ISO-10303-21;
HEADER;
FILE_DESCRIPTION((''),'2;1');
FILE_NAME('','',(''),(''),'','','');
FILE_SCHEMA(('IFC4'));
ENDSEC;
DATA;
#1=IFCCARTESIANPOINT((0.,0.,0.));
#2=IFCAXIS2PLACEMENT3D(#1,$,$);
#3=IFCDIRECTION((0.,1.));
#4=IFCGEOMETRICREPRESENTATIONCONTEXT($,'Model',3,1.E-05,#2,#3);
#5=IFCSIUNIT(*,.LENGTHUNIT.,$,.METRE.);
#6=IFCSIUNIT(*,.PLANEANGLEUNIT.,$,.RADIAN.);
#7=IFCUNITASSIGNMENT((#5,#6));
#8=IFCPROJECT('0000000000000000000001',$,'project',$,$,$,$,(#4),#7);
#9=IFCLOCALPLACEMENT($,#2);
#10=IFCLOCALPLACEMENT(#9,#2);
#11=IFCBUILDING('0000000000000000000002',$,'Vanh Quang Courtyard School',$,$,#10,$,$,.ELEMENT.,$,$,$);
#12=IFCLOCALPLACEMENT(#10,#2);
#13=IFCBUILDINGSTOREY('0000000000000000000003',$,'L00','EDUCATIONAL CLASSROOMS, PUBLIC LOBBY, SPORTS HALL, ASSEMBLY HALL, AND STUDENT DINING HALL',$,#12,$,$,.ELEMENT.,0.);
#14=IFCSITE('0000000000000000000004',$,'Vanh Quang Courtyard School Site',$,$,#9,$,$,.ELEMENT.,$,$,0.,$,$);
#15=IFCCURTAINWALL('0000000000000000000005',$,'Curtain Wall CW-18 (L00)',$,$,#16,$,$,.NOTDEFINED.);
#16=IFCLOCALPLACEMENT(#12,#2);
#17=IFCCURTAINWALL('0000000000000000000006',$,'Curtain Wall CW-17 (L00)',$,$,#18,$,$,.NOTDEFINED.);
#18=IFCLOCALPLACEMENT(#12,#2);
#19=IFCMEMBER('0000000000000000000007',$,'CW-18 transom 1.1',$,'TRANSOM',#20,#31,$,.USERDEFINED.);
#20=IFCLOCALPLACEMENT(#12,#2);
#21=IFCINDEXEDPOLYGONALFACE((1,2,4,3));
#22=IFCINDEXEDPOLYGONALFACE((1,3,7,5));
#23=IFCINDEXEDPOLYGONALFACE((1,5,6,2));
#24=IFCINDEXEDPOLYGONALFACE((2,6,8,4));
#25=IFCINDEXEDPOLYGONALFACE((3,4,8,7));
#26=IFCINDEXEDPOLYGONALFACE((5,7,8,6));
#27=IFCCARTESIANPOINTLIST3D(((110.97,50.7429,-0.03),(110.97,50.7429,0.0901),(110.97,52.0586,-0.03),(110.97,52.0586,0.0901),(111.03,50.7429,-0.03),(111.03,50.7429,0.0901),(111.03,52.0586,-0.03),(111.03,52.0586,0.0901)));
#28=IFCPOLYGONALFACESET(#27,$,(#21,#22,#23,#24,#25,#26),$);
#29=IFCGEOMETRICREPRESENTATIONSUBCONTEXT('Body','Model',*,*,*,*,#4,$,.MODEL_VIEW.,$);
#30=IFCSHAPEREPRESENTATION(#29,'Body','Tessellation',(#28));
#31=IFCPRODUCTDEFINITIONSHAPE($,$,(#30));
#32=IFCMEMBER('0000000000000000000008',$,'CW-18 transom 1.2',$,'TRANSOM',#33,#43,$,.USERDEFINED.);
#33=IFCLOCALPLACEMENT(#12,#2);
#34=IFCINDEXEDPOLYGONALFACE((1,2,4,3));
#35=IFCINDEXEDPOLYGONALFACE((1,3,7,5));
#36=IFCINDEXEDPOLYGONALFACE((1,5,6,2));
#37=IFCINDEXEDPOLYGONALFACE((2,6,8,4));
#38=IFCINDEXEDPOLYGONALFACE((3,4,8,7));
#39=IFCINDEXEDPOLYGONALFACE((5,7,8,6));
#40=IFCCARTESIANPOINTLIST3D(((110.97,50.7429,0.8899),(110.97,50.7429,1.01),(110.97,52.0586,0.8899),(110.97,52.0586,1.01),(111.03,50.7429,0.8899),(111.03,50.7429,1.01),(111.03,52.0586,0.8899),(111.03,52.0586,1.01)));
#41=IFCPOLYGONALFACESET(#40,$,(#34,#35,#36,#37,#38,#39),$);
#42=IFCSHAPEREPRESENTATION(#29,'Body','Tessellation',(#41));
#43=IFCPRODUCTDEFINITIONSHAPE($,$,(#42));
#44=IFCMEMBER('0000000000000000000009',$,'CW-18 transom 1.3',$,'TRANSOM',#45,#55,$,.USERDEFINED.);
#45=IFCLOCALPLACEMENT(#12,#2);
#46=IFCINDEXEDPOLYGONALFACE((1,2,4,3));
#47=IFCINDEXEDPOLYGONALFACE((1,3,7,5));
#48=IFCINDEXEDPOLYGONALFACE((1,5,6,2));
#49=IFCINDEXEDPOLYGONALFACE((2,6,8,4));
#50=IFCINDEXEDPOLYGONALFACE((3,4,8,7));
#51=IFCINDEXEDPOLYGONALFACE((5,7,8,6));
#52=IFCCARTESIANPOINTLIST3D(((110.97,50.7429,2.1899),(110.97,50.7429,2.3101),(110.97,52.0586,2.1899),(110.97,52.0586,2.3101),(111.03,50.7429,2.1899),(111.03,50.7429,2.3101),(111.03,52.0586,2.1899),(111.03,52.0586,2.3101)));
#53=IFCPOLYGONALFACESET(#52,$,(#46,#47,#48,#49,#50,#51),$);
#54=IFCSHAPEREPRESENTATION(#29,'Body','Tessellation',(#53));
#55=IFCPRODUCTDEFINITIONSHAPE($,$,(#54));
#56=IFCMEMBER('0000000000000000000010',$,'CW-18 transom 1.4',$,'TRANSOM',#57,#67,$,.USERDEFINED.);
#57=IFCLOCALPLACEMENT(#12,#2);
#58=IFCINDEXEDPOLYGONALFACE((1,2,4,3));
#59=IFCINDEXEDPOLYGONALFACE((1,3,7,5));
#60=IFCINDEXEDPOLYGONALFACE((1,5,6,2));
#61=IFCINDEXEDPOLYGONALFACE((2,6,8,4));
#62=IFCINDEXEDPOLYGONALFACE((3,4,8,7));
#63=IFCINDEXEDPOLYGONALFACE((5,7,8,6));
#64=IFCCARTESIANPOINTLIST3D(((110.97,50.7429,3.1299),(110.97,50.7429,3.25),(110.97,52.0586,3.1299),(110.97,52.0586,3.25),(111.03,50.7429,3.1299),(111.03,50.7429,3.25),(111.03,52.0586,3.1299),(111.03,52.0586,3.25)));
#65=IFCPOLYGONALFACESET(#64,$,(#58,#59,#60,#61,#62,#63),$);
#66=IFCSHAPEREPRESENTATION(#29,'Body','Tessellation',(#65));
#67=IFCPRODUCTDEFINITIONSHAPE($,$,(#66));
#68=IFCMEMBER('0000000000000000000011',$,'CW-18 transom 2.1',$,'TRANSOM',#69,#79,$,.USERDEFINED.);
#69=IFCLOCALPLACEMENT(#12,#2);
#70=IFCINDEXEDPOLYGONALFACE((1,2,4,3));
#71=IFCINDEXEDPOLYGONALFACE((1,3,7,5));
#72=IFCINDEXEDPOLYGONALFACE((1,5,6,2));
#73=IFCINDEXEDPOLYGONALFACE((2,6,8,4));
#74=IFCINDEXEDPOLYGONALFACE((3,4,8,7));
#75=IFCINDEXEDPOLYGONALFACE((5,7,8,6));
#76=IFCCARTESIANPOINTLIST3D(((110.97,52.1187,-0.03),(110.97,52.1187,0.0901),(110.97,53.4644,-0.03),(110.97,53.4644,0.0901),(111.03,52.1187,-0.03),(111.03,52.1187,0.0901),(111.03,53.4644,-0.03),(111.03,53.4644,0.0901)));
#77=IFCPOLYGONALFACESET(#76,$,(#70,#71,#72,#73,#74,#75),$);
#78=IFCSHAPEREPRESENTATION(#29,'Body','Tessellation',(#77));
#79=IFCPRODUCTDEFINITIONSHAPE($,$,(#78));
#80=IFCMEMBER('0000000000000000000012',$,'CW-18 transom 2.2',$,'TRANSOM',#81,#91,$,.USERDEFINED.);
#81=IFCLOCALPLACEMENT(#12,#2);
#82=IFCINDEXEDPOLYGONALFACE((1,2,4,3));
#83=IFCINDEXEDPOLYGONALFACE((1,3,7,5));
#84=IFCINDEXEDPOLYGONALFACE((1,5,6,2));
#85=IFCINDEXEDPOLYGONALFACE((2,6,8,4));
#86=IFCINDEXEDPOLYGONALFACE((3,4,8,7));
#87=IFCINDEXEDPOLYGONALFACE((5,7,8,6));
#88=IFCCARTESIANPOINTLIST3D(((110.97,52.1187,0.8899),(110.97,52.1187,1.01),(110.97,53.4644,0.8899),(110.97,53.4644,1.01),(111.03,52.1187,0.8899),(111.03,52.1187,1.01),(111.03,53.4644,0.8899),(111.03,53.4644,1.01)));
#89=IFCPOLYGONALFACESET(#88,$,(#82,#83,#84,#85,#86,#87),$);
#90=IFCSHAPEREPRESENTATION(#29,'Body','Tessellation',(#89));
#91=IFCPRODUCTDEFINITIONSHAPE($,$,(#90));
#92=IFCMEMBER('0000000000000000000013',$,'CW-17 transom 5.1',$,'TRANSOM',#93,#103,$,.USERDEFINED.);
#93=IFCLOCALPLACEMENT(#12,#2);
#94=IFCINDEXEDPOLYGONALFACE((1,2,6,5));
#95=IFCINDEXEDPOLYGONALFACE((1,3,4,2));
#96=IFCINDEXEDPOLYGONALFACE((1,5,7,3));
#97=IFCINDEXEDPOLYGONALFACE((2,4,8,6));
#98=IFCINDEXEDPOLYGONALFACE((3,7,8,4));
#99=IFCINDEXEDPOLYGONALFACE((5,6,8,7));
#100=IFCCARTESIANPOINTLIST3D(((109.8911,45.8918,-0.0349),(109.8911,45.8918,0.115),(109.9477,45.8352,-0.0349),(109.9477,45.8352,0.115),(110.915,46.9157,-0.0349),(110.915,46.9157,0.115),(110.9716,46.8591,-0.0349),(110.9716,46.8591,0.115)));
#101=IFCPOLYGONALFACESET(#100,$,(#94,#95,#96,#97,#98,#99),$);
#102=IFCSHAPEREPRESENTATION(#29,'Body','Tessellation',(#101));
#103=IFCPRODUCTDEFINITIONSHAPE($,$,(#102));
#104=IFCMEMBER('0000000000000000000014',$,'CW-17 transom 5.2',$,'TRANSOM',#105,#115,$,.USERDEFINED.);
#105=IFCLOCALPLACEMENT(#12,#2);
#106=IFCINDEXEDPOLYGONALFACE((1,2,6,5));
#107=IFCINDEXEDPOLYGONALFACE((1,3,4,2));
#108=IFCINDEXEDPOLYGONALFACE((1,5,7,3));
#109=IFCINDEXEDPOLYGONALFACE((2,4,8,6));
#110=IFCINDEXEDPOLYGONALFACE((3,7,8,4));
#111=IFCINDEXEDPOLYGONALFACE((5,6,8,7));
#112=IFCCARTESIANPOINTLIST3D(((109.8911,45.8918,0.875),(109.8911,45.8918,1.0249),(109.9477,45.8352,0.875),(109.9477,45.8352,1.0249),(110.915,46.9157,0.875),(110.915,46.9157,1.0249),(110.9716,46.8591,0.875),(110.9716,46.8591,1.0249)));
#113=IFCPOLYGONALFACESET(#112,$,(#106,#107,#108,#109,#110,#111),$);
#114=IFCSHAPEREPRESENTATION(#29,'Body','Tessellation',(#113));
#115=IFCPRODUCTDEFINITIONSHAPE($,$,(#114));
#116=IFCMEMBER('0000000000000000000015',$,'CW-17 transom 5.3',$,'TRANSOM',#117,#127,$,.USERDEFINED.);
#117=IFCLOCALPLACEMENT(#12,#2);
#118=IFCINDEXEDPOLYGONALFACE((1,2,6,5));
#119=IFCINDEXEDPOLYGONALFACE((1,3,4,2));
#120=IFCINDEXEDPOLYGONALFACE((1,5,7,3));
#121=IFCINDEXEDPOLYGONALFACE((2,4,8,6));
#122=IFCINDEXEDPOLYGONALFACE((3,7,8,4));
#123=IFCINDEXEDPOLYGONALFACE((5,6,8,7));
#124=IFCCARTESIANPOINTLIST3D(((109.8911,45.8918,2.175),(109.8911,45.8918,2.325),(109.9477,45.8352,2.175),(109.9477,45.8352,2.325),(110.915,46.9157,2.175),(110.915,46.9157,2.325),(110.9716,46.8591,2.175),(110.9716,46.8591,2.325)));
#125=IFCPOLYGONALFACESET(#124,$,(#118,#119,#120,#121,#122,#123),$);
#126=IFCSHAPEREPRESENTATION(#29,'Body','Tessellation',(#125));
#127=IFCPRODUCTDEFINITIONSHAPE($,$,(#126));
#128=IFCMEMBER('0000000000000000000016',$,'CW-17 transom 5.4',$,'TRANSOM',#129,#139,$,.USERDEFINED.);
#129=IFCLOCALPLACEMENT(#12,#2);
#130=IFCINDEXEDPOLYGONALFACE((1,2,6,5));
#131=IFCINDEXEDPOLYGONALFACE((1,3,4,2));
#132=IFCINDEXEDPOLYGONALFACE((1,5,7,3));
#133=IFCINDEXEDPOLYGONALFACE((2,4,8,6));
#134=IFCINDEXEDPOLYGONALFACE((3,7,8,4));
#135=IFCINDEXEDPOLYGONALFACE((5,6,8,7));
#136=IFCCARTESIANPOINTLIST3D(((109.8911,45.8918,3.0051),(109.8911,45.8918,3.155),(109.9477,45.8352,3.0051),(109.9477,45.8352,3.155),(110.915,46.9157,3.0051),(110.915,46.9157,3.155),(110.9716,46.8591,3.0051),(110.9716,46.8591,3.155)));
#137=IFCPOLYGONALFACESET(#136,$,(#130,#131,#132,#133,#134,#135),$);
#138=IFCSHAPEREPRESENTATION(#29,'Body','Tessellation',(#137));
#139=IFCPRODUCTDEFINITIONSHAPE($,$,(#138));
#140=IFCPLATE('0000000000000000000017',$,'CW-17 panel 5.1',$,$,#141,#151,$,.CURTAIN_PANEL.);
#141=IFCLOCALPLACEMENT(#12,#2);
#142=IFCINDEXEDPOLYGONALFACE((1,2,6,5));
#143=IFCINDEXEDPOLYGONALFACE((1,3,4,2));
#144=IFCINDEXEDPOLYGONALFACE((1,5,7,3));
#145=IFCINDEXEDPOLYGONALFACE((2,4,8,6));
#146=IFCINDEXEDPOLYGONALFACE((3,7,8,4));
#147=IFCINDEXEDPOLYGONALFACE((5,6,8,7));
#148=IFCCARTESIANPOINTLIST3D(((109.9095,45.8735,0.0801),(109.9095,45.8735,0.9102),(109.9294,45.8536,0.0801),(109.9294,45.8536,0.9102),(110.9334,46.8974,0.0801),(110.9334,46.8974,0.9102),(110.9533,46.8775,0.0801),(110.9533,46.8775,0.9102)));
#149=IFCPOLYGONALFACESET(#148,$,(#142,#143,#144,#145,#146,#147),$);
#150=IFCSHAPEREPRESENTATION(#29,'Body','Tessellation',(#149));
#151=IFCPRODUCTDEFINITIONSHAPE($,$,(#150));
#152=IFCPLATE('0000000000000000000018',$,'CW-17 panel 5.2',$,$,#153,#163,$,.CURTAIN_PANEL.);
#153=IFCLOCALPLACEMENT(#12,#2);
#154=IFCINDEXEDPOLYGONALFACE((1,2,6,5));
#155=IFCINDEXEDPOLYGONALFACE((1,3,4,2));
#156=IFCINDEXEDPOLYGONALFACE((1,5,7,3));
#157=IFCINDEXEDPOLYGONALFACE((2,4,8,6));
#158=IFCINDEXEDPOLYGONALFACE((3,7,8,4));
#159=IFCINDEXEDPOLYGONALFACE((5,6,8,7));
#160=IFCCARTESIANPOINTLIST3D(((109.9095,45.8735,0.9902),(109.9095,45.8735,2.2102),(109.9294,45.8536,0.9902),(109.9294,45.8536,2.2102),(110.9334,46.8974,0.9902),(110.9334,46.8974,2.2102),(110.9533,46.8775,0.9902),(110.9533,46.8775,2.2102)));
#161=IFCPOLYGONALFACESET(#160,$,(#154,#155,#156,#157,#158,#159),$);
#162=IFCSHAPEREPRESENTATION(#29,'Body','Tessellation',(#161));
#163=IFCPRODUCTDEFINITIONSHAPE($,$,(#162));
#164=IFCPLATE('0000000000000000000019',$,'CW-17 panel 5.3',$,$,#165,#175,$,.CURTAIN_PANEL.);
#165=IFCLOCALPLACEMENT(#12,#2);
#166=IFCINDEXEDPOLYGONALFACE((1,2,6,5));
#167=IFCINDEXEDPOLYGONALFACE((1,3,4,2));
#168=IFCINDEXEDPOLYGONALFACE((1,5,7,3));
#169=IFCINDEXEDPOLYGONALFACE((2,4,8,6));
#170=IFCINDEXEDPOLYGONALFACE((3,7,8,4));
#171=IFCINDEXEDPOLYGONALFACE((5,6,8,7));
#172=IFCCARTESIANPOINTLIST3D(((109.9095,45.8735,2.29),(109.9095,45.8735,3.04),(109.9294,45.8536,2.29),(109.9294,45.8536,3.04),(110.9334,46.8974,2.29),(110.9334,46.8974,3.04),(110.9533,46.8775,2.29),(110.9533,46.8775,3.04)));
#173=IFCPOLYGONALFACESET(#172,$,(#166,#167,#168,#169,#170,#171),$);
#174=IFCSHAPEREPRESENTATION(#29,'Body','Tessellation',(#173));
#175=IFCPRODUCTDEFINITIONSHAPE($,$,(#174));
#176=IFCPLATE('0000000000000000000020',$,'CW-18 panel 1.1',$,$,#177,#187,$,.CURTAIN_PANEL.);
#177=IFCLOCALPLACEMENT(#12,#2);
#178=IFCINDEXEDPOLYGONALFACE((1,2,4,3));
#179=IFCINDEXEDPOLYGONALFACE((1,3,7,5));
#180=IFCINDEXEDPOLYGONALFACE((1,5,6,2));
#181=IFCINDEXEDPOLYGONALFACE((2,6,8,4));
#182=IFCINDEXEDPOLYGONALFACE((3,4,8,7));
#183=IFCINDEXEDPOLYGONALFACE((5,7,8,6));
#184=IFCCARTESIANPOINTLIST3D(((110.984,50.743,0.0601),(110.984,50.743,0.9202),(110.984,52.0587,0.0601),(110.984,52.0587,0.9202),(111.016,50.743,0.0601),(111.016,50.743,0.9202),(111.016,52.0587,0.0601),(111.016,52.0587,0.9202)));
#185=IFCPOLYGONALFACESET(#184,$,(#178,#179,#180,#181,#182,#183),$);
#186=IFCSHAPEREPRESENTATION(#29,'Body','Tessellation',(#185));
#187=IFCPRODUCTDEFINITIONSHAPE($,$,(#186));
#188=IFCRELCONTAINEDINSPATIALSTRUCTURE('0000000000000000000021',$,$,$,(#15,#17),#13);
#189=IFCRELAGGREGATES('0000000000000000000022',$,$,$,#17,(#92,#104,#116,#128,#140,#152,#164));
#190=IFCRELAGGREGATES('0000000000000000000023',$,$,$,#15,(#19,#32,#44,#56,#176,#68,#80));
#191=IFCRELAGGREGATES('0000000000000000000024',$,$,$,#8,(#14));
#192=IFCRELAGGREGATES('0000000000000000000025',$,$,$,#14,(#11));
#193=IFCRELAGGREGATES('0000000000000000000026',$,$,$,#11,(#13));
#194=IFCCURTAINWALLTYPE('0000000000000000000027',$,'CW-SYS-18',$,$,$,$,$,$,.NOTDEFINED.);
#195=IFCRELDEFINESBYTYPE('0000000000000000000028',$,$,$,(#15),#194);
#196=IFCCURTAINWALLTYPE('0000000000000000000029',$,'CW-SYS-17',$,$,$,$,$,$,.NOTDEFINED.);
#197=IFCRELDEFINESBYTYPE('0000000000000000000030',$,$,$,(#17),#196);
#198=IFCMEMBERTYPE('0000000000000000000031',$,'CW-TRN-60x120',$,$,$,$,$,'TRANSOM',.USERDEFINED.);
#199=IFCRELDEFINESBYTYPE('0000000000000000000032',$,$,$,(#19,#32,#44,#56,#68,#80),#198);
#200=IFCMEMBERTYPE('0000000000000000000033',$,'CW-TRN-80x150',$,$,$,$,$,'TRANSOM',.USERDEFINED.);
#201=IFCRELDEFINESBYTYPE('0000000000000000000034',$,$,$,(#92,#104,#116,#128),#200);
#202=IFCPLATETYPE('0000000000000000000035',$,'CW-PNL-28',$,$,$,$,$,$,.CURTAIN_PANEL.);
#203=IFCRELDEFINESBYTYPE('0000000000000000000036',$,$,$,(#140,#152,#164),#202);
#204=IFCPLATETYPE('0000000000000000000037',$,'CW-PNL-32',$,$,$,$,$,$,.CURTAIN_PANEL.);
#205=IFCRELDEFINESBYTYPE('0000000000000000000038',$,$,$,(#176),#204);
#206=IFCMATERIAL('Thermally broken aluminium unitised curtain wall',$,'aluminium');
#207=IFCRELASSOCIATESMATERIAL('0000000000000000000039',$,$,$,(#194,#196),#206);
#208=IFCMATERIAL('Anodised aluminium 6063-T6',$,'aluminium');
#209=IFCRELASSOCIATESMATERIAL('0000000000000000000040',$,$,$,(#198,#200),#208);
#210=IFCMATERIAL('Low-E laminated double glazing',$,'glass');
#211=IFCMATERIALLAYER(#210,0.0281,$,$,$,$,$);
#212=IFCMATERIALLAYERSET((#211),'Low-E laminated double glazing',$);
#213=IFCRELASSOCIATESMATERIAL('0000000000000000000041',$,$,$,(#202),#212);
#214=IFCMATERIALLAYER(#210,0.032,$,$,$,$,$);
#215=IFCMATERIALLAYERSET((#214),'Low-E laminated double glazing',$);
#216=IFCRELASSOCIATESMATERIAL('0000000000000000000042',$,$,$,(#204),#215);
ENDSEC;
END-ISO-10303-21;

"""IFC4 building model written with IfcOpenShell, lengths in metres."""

from ifc_helpers import new_model, si_unit, direction, frame, origin, origin_2d, place, context, subcontext, project, spatial, rectangle, extrude, material, layer, layer_set, material_profile, profile_set, type_object, element, aggregate, save


model = new_model("IFC4")

# Units and contexts
model_context = context("Model", 3, precision=1e-05, world=origin(), true_north=direction((0.0, 1.0)))
body_context = subcontext(model_context, "Body", "Model", "MODEL_VIEW")
ifc_project = project(units=[si_unit("LENGTHUNIT", "METRE"), si_unit("PLANEANGLEUNIT", "RADIAN")], contexts=[model_context])

# Site, building, storey
site_placement = place(None, origin())
site = spatial("IfcSite", under=ifc_project, at=site_placement, Name="Vanh Quang Courtyard School Site", CompositionType="ELEMENT", RefElevation=0.0)
building_placement = place(site_placement, origin())
building = spatial("IfcBuilding", under=site, at=building_placement, Name="Vanh Quang Courtyard School", CompositionType="ELEMENT")
storey_placement = place(building_placement, origin())
storey = spatial("IfcBuildingStorey", under=building, at=storey_placement, Name="L00", Description="EDUCATIONAL CLASSROOMS, PUBLIC LOBBY, SPORTS HALL, ASSEMBLY HALL, AND STUDENT DINING HALL", CompositionType="ELEMENT", Elevation=0.0)

# Curtain walls
ifc_material_1 = material(Name="Thermally broken aluminium unitised curtain wall", Category="aluminium")
curtain_wall_type_1 = type_object("IfcCurtainWallType", Name="CW-SYS-18", PredefinedType="NOTDEFINED", material=ifc_material_1)
curtain_wall_1_placement = place(storey_placement, origin())
curtain_wall_1 = element("IfcCurtainWall", 1, at=curtain_wall_1_placement, inside=storey, type_object=curtain_wall_type_1, Name="Curtain Wall CW-18 (L00)", PredefinedType="NOTDEFINED")
ifc_material_2 = material(Name="Anodised aluminium 6063-T6", Category="aluminium")
curtain_wall_type_2 = type_object("IfcCurtainWallType", Name="CW-SYS-17", PredefinedType="NOTDEFINED", material=ifc_material_1)
curtain_wall_2_placement = place(storey_placement, origin())
curtain_wall_2 = element("IfcCurtainWall", 2, at=curtain_wall_2_placement, inside=storey, type_object=curtain_wall_type_2, Name="Curtain Wall CW-17 (L00)", PredefinedType="NOTDEFINED")

# Members
ifc_material_profile_1 = material_profile(ifc_material_2, rectangle(XDim=0.0601, YDim=0.1201, at=origin_2d()), Name="ALU-TRN 60x120")
ifc_profile_set_1 = profile_set([ifc_material_profile_1], Name="Anodised aluminium 6063-T6")
member_type_1 = type_object("IfcMemberType", Name="CW-TRN-60x120", ElementType="TRANSOM", PredefinedType="USERDEFINED", material=ifc_profile_set_1)
member_1_placement = place(storey_placement, frame((111.0, 50.7429, 0.03), z_axis=(0.0, 1.0, 0.0), x_axis=(-1.0, 0.0, 0.0)))
member_1 = element("IfcMember", 3, at=member_1_placement, type_object=member_type_1, Name="CW-18 transom 1.1", ObjectType="TRANSOM", PredefinedType="USERDEFINED", context=body_context, shape_type="SweptSolid", body=[
    extrude(rectangle(XDim=0.0601, YDim=0.1201, at=origin_2d()), origin(), (0.0, 0.0, 1.0), 1.3157),
])
member_2_placement = place(storey_placement, frame((111.0, 50.7429, 0.95), z_axis=(0.0, 1.0, 0.0), x_axis=(-1.0, 0.0, 0.0)))
member_2 = element("IfcMember", 4, at=member_2_placement, type_object=member_type_1, Name="CW-18 transom 1.2", ObjectType="TRANSOM", PredefinedType="USERDEFINED", context=body_context, shape_type="SweptSolid", body=[
    extrude(rectangle(XDim=0.0601, YDim=0.1201, at=origin_2d()), origin(), (0.0, 0.0, 1.0), 1.3157),
])
member_3_placement = place(storey_placement, frame((111.0, 50.7429, 2.25), z_axis=(0.0, 1.0, 0.0), x_axis=(-1.0, 0.0, 0.0)))
member_3 = element("IfcMember", 5, at=member_3_placement, type_object=member_type_1, Name="CW-18 transom 1.3", ObjectType="TRANSOM", PredefinedType="USERDEFINED", context=body_context, shape_type="SweptSolid", body=[
    extrude(rectangle(XDim=0.0601, YDim=0.1201, at=origin_2d()), origin(), (0.0, 0.0, 1.0), 1.3157),
])
member_4_placement = place(storey_placement, frame((111.0, 50.7429, 3.1899), z_axis=(0.0, 1.0, 0.0), x_axis=(-1.0, 0.0, 0.0)))
member_4 = element("IfcMember", 6, at=member_4_placement, type_object=member_type_1, Name="CW-18 transom 1.4", ObjectType="TRANSOM", PredefinedType="USERDEFINED", context=body_context, shape_type="SweptSolid", body=[
    extrude(rectangle(XDim=0.0601, YDim=0.1201, at=origin_2d()), origin(), (0.0, 0.0, 1.0), 1.3157),
])
member_5_placement = place(storey_placement, frame((111.0, 52.1187, 0.03), z_axis=(0.0, 1.0, 0.0), x_axis=(-1.0, 0.0, 0.0)))
member_5 = element("IfcMember", 7, at=member_5_placement, type_object=member_type_1, Name="CW-18 transom 2.1", ObjectType="TRANSOM", PredefinedType="USERDEFINED", context=body_context, shape_type="SweptSolid", body=[
    extrude(rectangle(XDim=0.0601, YDim=0.1201, at=origin_2d()), origin(), (0.0, 0.0, 1.0), 1.3457),
])
member_6_placement = place(storey_placement, frame((111.0, 52.1187, 0.95), z_axis=(0.0, 1.0, 0.0), x_axis=(-1.0, 0.0, 0.0)))
member_6 = element("IfcMember", 8, at=member_6_placement, type_object=member_type_1, Name="CW-18 transom 2.2", ObjectType="TRANSOM", PredefinedType="USERDEFINED", context=body_context, shape_type="SweptSolid", body=[
    extrude(rectangle(XDim=0.0601, YDim=0.1201, at=origin_2d()), origin(), (0.0, 0.0, 1.0), 1.3457),
])
ifc_material_profile_2 = material_profile(ifc_material_2, rectangle(XDim=0.0801, YDim=0.1499, at=origin_2d()), Name="ALU-TRN 80x150")
ifc_profile_set_2 = profile_set([ifc_material_profile_2], Name="Anodised aluminium 6063-T6")
member_type_2 = type_object("IfcMemberType", Name="CW-TRN-80x150", ElementType="TRANSOM", PredefinedType="USERDEFINED", material=ifc_profile_set_2)
member_7_placement = place(storey_placement, frame((109.9194, 45.8635, 0.04), z_axis=(0.707107, 0.707107, 0.0), x_axis=(-0.707107, 0.707107, 0.0)))
member_7 = element("IfcMember", 9, at=member_7_placement, type_object=member_type_2, Name="CW-17 transom 5.1", ObjectType="TRANSOM", PredefinedType="USERDEFINED", context=body_context, shape_type="SweptSolid", body=[
    extrude(rectangle(XDim=0.0801, YDim=0.1499, at=origin_2d()), origin(), (0.0, 0.0, 1.0), 1.448),
])
member_8_placement = place(storey_placement, frame((109.9194, 45.8635, 0.95), z_axis=(0.707107, 0.707107, 0.0), x_axis=(-0.707107, 0.707107, 0.0)))
member_8 = element("IfcMember", 10, at=member_8_placement, type_object=member_type_2, Name="CW-17 transom 5.2", ObjectType="TRANSOM", PredefinedType="USERDEFINED", context=body_context, shape_type="SweptSolid", body=[
    extrude(rectangle(XDim=0.0801, YDim=0.1499, at=origin_2d()), origin(), (0.0, 0.0, 1.0), 1.448),
])
member_9_placement = place(storey_placement, frame((109.9194, 45.8635, 2.25), z_axis=(0.707107, 0.707107, 0.0), x_axis=(-0.707107, 0.707107, 0.0)))
member_9 = element("IfcMember", 11, at=member_9_placement, type_object=member_type_2, Name="CW-17 transom 5.3", ObjectType="TRANSOM", PredefinedType="USERDEFINED", context=body_context, shape_type="SweptSolid", body=[
    extrude(rectangle(XDim=0.0801, YDim=0.1499, at=origin_2d()), origin(), (0.0, 0.0, 1.0), 1.448),
])
member_10_placement = place(storey_placement, frame((109.9194, 45.8635, 3.0801), z_axis=(0.707107, 0.707107, 0.0), x_axis=(-0.707107, 0.707107, 0.0)))
member_10 = element("IfcMember", 12, at=member_10_placement, type_object=member_type_2, Name="CW-17 transom 5.4", ObjectType="TRANSOM", PredefinedType="USERDEFINED", context=body_context, shape_type="SweptSolid", body=[
    extrude(rectangle(XDim=0.0801, YDim=0.1499, at=origin_2d()), origin(), (0.0, 0.0, 1.0), 1.448),
])

# Plates
ifc_material_3 = material(Name="Low-E laminated double glazing", Category="glass")
ifc_layer_1 = layer(ifc_material_3, 0.0281)
ifc_layer_set_1 = layer_set([ifc_layer_1], Name="Low-E laminated double glazing")
plate_type_1 = type_object("IfcPlateType", Name="CW-PNL-28", PredefinedType="CURTAIN_PANEL", material=ifc_layer_set_1)
plate_1_placement = place(storey_placement, frame((110.4314, 46.3755, 0.0801), z_axis=(0.0, 0.0, 1.0), x_axis=(0.707107, 0.707107, 0.0)))
plate_1 = element("IfcPlate", 13, at=plate_1_placement, type_object=plate_type_1, Name="CW-17 panel 5.1", PredefinedType="CURTAIN_PANEL", context=body_context, shape_type="SweptSolid", body=[
    extrude(rectangle(XDim=1.448, YDim=0.0281, at=origin_2d()), origin(), (0.0, 0.0, 1.0), 0.8301),
])
plate_2_placement = place(storey_placement, frame((110.4314, 46.3755, 0.9902), z_axis=(0.0, 0.0, 1.0), x_axis=(0.707107, 0.707107, 0.0)))
plate_2 = element("IfcPlate", 14, at=plate_2_placement, type_object=plate_type_1, Name="CW-17 panel 5.2", PredefinedType="CURTAIN_PANEL", context=body_context, shape_type="SweptSolid", body=[
    extrude(rectangle(XDim=1.448, YDim=0.0281, at=origin_2d()), origin(), (0.0, 0.0, 1.0), 1.22),
])
plate_3_placement = place(storey_placement, frame((110.4314, 46.3755, 2.29), z_axis=(0.0, 0.0, 1.0), x_axis=(0.707107, 0.707107, 0.0)))
plate_3 = element("IfcPlate", 15, at=plate_3_placement, type_object=plate_type_1, Name="CW-17 panel 5.3", PredefinedType="CURTAIN_PANEL", context=body_context, shape_type="SweptSolid", body=[
    extrude(rectangle(XDim=1.448, YDim=0.0281, at=origin_2d()), origin(), (0.0, 0.0, 1.0), 0.75),
])
aggregate(curtain_wall_2, [member_7, member_8, member_9, member_10, plate_1, plate_2, plate_3])
ifc_layer_2 = layer(ifc_material_3, 0.032)
ifc_layer_set_2 = layer_set([ifc_layer_2], Name="Low-E laminated double glazing")
plate_type_2 = type_object("IfcPlateType", Name="CW-PNL-32", PredefinedType="CURTAIN_PANEL", material=ifc_layer_set_2)
plate_4_placement = place(storey_placement, frame((111.0, 51.4009, 0.0601), z_axis=(0.0, 0.0, 1.0), x_axis=(0.0, 1.0, 0.0)))
plate_4 = element("IfcPlate", 16, at=plate_4_placement, type_object=plate_type_2, Name="CW-18 panel 1.1", PredefinedType="CURTAIN_PANEL", context=body_context, shape_type="SweptSolid", body=[
    extrude(rectangle(XDim=1.3157, YDim=0.032, at=origin_2d()), origin(), (0.0, 0.0, 1.0), 0.8601),
])
aggregate(curtain_wall_1, [member_1, member_2, member_3, member_4, plate_4, member_5, member_6])

save(model, "model.ifc")
